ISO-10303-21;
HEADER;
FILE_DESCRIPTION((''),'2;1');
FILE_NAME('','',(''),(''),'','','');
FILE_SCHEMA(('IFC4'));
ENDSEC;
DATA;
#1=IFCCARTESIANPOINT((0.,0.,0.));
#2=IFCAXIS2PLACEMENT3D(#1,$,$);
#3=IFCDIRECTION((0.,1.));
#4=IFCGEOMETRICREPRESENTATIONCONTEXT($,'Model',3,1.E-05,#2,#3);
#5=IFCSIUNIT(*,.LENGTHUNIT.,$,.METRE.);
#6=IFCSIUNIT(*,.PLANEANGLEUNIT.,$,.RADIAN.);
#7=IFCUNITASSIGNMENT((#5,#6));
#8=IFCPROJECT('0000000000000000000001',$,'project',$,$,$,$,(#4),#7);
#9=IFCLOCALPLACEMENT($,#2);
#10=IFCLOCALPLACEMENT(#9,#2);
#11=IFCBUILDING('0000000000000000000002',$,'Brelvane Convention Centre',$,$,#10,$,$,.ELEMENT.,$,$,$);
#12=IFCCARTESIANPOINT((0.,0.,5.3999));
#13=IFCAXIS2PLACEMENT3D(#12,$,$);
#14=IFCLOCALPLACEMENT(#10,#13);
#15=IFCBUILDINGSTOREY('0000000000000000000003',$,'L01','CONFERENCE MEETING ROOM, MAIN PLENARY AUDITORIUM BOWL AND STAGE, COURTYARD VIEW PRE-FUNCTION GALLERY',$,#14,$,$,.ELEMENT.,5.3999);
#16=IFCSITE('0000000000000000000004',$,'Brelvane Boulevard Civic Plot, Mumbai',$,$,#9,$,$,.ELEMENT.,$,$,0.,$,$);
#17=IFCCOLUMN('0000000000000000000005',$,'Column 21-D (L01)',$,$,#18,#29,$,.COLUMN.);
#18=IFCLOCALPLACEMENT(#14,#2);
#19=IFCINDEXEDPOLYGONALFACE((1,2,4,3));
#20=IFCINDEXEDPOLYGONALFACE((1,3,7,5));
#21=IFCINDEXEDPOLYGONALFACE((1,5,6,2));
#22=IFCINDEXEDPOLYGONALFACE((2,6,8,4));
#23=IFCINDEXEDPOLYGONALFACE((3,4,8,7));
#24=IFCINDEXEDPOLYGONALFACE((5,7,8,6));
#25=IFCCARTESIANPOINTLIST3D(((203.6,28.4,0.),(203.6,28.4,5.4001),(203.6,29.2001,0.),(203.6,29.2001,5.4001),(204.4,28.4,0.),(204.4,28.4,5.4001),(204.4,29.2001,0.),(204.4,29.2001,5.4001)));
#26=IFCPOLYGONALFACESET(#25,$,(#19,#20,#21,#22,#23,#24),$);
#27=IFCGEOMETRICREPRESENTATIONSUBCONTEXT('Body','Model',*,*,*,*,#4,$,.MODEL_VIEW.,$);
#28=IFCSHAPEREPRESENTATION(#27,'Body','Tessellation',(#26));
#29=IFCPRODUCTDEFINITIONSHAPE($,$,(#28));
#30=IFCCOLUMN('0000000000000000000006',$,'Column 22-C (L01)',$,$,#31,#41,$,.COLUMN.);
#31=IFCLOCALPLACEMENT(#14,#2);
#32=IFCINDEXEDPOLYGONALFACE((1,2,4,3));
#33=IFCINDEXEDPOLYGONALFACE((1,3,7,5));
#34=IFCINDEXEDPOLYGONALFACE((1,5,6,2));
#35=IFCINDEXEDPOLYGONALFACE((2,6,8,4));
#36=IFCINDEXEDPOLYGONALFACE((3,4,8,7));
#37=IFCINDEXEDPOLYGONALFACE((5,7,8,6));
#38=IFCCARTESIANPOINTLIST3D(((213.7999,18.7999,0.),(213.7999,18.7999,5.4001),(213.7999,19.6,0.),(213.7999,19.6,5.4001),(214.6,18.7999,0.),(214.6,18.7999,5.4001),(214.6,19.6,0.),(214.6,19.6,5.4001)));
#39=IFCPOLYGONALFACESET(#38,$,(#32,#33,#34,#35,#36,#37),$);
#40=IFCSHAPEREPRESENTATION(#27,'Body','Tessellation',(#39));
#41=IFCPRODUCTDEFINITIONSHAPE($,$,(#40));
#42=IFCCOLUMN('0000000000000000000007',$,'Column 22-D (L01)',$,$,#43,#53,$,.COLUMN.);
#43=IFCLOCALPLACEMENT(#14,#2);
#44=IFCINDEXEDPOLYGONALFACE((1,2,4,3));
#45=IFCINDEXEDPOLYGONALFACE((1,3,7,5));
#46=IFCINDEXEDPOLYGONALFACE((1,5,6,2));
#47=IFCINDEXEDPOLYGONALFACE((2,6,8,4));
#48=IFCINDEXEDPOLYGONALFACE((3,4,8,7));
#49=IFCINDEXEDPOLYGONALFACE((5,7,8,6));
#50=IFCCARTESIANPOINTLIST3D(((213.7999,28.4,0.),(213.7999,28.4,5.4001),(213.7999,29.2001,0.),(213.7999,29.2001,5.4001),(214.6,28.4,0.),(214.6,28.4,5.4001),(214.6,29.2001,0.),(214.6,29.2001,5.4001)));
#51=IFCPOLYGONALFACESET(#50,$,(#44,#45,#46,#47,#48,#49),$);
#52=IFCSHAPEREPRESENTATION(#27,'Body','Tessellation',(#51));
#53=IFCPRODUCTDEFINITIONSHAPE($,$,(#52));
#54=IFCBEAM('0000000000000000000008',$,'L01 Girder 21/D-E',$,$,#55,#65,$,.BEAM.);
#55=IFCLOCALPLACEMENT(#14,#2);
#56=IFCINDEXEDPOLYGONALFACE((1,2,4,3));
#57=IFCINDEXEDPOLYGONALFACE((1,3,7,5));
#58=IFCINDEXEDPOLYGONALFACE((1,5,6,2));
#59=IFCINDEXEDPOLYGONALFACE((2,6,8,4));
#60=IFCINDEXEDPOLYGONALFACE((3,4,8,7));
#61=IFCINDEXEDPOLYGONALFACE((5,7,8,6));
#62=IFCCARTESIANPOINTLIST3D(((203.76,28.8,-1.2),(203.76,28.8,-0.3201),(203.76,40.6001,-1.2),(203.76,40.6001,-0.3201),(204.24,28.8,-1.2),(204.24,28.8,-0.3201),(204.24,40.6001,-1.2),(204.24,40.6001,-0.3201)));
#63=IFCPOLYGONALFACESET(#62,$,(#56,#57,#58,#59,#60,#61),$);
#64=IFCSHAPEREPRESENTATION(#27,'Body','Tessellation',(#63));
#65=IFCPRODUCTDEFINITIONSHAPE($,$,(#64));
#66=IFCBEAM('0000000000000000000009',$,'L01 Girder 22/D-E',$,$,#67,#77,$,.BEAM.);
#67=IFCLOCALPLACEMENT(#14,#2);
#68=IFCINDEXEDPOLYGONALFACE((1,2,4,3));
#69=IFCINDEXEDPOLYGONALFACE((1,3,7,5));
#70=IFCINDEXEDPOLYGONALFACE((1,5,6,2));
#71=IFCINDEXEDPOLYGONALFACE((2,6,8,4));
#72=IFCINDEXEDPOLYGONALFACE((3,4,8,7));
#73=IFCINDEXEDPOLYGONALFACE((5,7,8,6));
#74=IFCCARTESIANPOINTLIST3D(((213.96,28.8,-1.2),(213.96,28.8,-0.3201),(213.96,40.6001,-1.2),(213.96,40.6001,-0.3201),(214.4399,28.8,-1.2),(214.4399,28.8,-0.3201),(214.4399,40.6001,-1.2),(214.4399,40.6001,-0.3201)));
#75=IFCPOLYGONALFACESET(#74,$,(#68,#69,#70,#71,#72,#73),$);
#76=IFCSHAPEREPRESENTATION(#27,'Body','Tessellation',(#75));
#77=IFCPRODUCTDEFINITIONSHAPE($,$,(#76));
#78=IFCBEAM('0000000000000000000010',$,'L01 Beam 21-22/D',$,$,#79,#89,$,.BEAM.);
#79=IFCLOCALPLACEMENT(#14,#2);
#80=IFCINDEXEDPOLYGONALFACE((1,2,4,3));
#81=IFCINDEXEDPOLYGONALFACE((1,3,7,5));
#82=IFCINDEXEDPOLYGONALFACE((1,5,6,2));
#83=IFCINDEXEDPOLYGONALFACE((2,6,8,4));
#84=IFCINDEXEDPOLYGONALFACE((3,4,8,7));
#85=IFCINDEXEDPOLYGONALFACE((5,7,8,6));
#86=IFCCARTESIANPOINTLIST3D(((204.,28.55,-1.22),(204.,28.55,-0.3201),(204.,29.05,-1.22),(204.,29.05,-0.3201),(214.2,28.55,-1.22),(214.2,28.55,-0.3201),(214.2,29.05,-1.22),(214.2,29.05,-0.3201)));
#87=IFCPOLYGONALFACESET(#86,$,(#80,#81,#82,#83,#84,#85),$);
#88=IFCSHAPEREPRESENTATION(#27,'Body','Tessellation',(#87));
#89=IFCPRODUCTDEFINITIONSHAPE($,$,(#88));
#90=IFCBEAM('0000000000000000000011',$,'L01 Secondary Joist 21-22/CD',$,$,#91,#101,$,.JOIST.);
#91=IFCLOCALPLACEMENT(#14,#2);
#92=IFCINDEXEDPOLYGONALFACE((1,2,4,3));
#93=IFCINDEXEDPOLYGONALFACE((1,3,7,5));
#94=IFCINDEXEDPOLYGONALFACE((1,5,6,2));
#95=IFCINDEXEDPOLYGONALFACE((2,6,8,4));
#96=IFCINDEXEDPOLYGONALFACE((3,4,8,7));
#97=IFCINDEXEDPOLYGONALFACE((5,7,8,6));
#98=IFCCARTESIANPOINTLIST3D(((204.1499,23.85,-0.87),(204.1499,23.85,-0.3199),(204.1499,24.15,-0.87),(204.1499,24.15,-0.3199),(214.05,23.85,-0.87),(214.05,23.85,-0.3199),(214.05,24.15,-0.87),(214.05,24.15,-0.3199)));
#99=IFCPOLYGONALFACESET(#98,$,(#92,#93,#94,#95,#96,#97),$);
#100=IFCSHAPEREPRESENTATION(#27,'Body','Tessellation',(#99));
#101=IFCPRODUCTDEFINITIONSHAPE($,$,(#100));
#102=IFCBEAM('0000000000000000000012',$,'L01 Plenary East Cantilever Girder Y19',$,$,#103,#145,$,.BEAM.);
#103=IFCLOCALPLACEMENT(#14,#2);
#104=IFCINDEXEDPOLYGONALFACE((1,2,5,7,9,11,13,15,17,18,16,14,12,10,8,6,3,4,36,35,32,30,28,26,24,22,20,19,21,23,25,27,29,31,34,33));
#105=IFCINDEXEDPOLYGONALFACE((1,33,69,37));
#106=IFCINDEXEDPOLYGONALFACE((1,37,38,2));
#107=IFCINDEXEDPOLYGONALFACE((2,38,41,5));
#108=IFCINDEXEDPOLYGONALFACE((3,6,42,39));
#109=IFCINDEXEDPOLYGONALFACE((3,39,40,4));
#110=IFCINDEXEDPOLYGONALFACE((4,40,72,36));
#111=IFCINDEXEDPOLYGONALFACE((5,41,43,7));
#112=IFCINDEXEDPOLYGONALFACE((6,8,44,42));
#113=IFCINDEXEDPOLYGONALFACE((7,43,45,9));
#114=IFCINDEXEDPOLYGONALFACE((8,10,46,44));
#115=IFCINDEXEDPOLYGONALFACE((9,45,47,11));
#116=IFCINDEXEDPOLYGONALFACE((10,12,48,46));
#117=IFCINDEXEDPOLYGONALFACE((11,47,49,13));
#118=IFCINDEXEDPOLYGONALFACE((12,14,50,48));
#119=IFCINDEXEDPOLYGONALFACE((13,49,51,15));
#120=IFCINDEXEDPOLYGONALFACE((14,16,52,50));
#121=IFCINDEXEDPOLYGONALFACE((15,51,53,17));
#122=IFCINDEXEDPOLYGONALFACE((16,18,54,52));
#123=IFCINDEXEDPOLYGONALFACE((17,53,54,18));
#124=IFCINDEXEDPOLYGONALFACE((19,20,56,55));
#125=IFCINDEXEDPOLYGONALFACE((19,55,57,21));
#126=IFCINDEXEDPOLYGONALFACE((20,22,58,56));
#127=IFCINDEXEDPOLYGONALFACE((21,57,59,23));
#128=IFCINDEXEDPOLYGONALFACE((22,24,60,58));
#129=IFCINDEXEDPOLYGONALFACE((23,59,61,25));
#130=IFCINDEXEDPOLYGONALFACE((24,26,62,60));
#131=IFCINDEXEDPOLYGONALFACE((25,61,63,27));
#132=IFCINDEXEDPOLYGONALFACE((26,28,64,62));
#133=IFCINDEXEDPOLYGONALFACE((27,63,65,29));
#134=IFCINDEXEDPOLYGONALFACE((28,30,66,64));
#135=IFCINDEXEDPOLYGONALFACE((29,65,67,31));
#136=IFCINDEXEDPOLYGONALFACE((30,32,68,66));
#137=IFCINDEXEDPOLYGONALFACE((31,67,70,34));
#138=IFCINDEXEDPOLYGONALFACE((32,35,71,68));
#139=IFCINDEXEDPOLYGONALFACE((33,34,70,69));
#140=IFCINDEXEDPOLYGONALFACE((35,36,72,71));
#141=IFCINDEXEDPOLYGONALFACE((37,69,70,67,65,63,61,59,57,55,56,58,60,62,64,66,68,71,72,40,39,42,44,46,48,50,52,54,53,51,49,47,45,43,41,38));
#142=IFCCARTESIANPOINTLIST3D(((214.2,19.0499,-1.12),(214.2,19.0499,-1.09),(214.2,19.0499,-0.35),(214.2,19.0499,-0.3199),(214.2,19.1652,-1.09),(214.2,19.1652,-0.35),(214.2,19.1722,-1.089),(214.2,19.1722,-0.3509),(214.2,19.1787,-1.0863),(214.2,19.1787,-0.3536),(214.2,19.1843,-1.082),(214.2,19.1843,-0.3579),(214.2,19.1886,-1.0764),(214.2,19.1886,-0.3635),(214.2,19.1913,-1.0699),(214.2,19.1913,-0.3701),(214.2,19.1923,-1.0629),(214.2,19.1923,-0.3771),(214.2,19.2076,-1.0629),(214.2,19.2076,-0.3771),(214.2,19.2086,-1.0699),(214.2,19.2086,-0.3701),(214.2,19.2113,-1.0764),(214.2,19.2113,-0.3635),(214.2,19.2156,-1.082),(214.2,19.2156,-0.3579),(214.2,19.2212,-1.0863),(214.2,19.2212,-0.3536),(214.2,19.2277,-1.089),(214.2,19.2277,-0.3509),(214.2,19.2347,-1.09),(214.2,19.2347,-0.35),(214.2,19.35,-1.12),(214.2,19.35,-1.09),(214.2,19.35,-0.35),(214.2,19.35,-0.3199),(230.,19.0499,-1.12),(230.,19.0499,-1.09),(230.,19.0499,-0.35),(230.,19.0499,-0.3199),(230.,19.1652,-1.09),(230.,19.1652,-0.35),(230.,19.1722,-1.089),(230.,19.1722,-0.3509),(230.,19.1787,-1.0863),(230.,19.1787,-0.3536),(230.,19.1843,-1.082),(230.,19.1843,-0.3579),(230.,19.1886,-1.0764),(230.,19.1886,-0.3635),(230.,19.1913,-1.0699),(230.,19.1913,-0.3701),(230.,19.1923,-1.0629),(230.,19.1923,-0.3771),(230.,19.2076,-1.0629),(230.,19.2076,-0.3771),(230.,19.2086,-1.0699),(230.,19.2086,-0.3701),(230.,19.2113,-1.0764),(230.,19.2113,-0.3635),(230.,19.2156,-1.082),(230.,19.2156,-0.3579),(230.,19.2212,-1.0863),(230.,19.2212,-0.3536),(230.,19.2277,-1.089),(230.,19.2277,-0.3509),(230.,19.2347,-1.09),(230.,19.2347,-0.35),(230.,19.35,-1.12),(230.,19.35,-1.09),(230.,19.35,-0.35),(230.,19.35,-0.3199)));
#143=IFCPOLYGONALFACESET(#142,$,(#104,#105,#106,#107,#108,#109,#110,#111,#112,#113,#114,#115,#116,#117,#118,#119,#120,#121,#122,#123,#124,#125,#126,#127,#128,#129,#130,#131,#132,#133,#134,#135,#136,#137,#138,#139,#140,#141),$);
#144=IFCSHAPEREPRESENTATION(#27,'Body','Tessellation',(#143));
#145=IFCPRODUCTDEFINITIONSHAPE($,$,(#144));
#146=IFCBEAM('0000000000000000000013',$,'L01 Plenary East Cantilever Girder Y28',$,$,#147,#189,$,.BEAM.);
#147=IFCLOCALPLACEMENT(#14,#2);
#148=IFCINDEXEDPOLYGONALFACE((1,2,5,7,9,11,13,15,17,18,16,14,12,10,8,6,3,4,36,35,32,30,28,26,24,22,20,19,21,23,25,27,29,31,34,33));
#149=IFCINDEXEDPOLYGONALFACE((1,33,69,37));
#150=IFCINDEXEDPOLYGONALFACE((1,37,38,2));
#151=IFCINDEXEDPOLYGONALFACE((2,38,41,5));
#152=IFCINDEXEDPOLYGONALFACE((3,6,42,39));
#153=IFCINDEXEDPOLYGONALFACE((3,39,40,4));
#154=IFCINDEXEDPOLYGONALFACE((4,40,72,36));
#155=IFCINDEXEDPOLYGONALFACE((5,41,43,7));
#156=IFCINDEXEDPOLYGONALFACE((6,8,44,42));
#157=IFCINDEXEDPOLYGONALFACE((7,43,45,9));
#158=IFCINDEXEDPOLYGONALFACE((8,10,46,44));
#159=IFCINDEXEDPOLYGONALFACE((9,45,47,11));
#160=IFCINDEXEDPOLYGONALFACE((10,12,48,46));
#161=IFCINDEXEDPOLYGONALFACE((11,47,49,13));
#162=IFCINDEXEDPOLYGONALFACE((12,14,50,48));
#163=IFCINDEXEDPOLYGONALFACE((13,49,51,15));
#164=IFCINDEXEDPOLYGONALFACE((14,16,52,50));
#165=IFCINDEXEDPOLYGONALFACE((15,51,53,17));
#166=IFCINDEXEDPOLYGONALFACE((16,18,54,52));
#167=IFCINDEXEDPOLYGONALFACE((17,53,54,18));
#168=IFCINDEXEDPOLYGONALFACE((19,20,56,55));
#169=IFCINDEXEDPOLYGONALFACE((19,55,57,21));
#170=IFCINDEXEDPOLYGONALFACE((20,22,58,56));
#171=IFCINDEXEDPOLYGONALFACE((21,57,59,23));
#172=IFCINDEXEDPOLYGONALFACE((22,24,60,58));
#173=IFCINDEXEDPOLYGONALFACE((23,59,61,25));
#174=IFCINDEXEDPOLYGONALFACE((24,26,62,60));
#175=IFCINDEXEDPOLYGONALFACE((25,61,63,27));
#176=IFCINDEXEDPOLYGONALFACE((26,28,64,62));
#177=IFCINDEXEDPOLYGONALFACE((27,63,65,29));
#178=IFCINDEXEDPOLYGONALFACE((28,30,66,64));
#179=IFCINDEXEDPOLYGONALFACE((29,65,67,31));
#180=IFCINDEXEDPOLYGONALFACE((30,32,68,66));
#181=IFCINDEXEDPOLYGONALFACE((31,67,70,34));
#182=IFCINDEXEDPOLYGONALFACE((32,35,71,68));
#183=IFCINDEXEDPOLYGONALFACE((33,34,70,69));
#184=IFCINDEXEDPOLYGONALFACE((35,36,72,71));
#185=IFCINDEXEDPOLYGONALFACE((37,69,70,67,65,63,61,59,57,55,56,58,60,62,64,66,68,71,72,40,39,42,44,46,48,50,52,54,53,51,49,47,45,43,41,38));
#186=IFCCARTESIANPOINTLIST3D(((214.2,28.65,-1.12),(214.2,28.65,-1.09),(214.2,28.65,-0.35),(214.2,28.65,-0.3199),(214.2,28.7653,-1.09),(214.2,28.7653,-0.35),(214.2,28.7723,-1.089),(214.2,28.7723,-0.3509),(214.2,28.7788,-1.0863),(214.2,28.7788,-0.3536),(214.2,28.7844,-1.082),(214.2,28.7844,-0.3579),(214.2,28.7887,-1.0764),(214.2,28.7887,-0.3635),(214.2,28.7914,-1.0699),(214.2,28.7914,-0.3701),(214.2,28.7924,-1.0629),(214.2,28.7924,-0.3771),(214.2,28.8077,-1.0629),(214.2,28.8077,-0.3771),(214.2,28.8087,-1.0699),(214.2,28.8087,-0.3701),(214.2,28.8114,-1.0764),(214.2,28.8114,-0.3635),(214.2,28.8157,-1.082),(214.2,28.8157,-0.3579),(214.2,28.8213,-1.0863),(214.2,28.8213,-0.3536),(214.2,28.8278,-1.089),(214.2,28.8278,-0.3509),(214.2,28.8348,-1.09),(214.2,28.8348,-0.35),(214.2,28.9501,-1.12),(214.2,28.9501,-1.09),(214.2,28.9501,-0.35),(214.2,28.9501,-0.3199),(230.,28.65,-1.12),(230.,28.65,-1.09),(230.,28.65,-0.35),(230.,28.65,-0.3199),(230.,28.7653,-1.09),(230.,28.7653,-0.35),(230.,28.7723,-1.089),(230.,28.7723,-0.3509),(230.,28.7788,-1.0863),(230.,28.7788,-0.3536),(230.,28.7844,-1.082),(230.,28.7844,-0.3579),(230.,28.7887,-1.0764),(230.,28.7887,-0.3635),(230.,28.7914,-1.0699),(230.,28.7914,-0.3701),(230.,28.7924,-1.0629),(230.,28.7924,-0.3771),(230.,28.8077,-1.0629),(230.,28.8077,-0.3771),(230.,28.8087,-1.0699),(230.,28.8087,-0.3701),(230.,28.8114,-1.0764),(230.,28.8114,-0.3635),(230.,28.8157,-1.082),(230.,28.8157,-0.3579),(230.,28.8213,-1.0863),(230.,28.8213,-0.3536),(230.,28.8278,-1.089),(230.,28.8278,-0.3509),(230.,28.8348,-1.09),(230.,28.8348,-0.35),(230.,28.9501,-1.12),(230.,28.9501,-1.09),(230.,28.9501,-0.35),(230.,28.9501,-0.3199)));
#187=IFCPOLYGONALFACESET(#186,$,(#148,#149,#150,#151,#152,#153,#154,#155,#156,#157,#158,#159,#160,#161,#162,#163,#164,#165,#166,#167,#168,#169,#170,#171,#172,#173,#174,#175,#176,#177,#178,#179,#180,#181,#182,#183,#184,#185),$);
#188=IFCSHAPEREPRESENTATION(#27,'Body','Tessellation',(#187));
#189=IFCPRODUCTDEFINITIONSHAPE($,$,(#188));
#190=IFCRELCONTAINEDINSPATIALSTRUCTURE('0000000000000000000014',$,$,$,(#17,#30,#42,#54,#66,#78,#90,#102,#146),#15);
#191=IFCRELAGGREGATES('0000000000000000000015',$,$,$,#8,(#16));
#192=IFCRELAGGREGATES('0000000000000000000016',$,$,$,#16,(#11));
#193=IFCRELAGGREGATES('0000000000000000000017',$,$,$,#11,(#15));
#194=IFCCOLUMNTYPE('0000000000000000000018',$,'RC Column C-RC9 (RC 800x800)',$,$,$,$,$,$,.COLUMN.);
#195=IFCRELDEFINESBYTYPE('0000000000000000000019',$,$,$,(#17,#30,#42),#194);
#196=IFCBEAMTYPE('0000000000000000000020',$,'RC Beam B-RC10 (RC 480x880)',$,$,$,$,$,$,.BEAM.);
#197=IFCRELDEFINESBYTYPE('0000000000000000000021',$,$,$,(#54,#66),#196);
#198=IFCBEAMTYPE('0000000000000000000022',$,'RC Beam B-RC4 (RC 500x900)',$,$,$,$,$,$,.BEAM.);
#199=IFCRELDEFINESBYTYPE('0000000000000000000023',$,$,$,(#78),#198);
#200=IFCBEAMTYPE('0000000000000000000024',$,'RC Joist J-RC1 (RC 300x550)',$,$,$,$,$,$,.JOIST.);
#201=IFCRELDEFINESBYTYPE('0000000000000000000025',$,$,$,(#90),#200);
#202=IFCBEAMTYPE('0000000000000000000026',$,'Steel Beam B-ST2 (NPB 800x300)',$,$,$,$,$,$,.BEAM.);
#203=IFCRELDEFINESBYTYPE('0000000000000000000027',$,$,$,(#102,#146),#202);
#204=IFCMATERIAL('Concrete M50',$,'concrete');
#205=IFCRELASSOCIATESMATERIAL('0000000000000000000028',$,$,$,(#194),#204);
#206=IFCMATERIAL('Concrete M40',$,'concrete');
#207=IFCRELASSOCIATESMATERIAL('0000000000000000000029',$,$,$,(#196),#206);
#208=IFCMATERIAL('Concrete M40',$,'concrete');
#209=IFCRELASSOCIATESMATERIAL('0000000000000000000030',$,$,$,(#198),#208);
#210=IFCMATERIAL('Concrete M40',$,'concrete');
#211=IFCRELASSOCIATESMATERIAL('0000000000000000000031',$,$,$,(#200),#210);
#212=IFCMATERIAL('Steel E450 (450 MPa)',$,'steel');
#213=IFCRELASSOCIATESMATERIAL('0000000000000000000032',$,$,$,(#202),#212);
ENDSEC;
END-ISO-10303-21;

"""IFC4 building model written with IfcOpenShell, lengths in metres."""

from ifc_helpers import new_model, si_unit, direction, frame, origin, origin_2d, place, context, subcontext, project, spatial, rectangle, i_section, extrude, material, material_profile, profile_set, type_object, element, save


model = new_model("IFC4")

# Units and contexts
model_context = context("Model", 3, precision=1e-05, world=origin(), true_north=direction((0.0, 1.0)))
body_context = subcontext(model_context, "Body", "Model", "MODEL_VIEW")
ifc_project = project(units=[si_unit("LENGTHUNIT", "METRE"), si_unit("PLANEANGLEUNIT", "RADIAN")], contexts=[model_context])

# Site, building, storey
site_placement = place(None, origin())
site = spatial("IfcSite", under=ifc_project, at=site_placement, Name="Brelvane Boulevard Civic Plot, Mumbai", CompositionType="ELEMENT", RefElevation=0.0)
building_placement = place(site_placement, origin())
building = spatial("IfcBuilding", under=site, at=building_placement, Name="Brelvane Convention Centre", CompositionType="ELEMENT")
storey_placement = place(building_placement, frame((0.0, 0.0, 5.3999)))
storey = spatial("IfcBuildingStorey", under=building, at=storey_placement, Name="L01", Description="CONFERENCE MEETING ROOM, MAIN PLENARY AUDITORIUM BOWL AND STAGE, COURTYARD VIEW PRE-FUNCTION GALLERY", CompositionType="ELEMENT", Elevation=5.3999)

# Columns
ifc_material_1 = material(Name="Concrete M50", Category="concrete")
ifc_material_profile_1 = material_profile(ifc_material_1, rectangle(XDim=0.8, YDim=0.8, at=origin_2d()), Name="RC 800x800")
ifc_profile_set_1 = profile_set([ifc_material_profile_1], Name="Concrete M50")
column_type = type_object("IfcColumnType", Name="RC Column C-RC9 (RC 800x800)", PredefinedType="COLUMN", material=ifc_profile_set_1)
for number, where, z_axis, x_axis, name in (
    (1, (204.0, 28.8, 0.0), (0.0, 0.0, 1.0), (1.0, 0.0, 0.0), "Column 21-D (L01)"),
    (2, (214.2, 19.2, 0.0), (0.0, 0.0, 1.0), (1.0, 0.0, 0.0), "Column 22-C (L01)"),
    (3, (214.2, 28.8, 0.0), (0.0, 0.0, 1.0), (1.0, 0.0, 0.0), "Column 22-D (L01)"),
):
    element("IfcColumn", number, at=place(storey_placement, frame(where, z_axis=z_axis, x_axis=x_axis)), inside=storey, type_object=column_type, Name=name, PredefinedType="COLUMN", context=body_context, shape_type="SweptSolid", body=[
        extrude(rectangle(XDim=0.8, YDim=0.8, at=origin_2d()), origin(), (0.0, 0.0, 1.0), 5.4001),
    ])

# Beams
ifc_material_2 = material(Name="Concrete M40", Category="concrete")
ifc_material_profile_2 = material_profile(ifc_material_2, rectangle(XDim=0.48, YDim=0.8799, at=origin_2d()), Name="RC 480x880")
ifc_profile_set_2 = profile_set([ifc_material_profile_2], Name="Concrete M40")
beam_type_1 = type_object("IfcBeamType", Name="RC Beam B-RC10 (RC 480x880)", PredefinedType="BEAM", material=ifc_profile_set_2)
for number, where, z_axis, x_axis, name in (
    (4, (204.0, 28.8, -0.76), (0.0, 1.0, 0.0), (-1.0, 0.0, 0.0), "L01 Girder 21/D-E"),
    (5, (214.2, 28.8, -0.76), (0.0, 1.0, 0.0), (-1.0, 0.0, 0.0), "L01 Girder 22/D-E"),
):
    element("IfcBeam", number, at=place(storey_placement, frame(where, z_axis=z_axis, x_axis=x_axis)), inside=storey, type_object=beam_type_1, Name=name, PredefinedType="BEAM", context=body_context, shape_type="SweptSolid", body=[
        extrude(rectangle(XDim=0.48, YDim=0.8799, at=origin_2d()), origin(), (0.0, 0.0, 1.0), 11.8),
    ])
ifc_material_3 = material(Name="Concrete M40", Category="concrete")
ifc_material_profile_3 = material_profile(ifc_material_3, rectangle(XDim=0.5, YDim=0.8999, at=origin_2d()), Name="RC 500x900")
ifc_profile_set_3 = profile_set([ifc_material_profile_3], Name="Concrete M40")
beam_type_2 = type_object("IfcBeamType", Name="RC Beam B-RC4 (RC 500x900)", PredefinedType="BEAM", material=ifc_profile_set_3)
beam_1_placement = place(storey_placement, frame((204.0, 28.8, -0.77), z_axis=(1.0, 0.0, 0.0), x_axis=(0.0, 1.0, 0.0)))
element("IfcBeam", 6, at=beam_1_placement, inside=storey, type_object=beam_type_2, Name="L01 Beam 21-22/D", PredefinedType="BEAM", context=body_context, shape_type="SweptSolid", body=[
    extrude(rectangle(XDim=0.5, YDim=0.8999, at=origin_2d()), origin(), (0.0, 0.0, 1.0), 10.2),
])
ifc_material_4 = material(Name="Concrete M40", Category="concrete")
ifc_material_profile_4 = material_profile(ifc_material_4, rectangle(XDim=0.3, YDim=0.55, at=origin_2d()), Name="RC 300x550")
ifc_profile_set_4 = profile_set([ifc_material_profile_4], Name="Concrete M40")
beam_type_3 = type_object("IfcBeamType", Name="RC Joist J-RC1 (RC 300x550)", PredefinedType="JOIST", material=ifc_profile_set_4)
beam_2_placement = place(storey_placement, frame((204.1499, 24.0, -0.595), z_axis=(1.0, 0.0, 0.0), x_axis=(0.0, 1.0, 0.0)))
element("IfcBeam", 7, at=beam_2_placement, inside=storey, type_object=beam_type_3, Name="L01 Secondary Joist 21-22/CD", PredefinedType="JOIST", context=body_context, shape_type="SweptSolid", body=[
    extrude(rectangle(XDim=0.3, YDim=0.55, at=origin_2d()), origin(), (0.0, 0.0, 1.0), 9.9001),
])
ifc_material_5 = material(Name="Steel E450 (450 MPa)", Category="steel")
ifc_material_profile_5 = material_profile(ifc_material_5, i_section(OverallWidth=0.3, OverallDepth=0.8, WebThickness=0.0154, FlangeThickness=0.03, FilletRadius=0.0271, at=origin_2d()), Name="NPB 800x300")
ifc_profile_set_5 = profile_set([ifc_material_profile_5], Name="Steel E450 (450 MPa)")
beam_type_4 = type_object("IfcBeamType", Name="Steel Beam B-ST2 (NPB 800x300)", PredefinedType="BEAM", material=ifc_profile_set_5)
for number, where, z_axis, x_axis, name in (
    (8, (214.2, 19.2, -0.72), (1.0, 0.0, 0.0), (0.0, 1.0, 0.0), "L01 Plenary East Cantilever Girder Y19"),
    (9, (214.2, 28.8, -0.72), (1.0, 0.0, 0.0), (0.0, 1.0, 0.0), "L01 Plenary East Cantilever Girder Y28"),
):
    element("IfcBeam", number, at=place(storey_placement, frame(where, z_axis=z_axis, x_axis=x_axis)), inside=storey, type_object=beam_type_4, Name=name, PredefinedType="BEAM", context=body_context, shape_type="SweptSolid", body=[
        extrude(i_section(OverallWidth=0.3, OverallDepth=0.8, WebThickness=0.0154, FlangeThickness=0.03, FilletRadius=0.0271, at=origin_2d()), origin(), (0.0, 0.0, 1.0), 15.8),
    ])

save(model, "model.ifc")
